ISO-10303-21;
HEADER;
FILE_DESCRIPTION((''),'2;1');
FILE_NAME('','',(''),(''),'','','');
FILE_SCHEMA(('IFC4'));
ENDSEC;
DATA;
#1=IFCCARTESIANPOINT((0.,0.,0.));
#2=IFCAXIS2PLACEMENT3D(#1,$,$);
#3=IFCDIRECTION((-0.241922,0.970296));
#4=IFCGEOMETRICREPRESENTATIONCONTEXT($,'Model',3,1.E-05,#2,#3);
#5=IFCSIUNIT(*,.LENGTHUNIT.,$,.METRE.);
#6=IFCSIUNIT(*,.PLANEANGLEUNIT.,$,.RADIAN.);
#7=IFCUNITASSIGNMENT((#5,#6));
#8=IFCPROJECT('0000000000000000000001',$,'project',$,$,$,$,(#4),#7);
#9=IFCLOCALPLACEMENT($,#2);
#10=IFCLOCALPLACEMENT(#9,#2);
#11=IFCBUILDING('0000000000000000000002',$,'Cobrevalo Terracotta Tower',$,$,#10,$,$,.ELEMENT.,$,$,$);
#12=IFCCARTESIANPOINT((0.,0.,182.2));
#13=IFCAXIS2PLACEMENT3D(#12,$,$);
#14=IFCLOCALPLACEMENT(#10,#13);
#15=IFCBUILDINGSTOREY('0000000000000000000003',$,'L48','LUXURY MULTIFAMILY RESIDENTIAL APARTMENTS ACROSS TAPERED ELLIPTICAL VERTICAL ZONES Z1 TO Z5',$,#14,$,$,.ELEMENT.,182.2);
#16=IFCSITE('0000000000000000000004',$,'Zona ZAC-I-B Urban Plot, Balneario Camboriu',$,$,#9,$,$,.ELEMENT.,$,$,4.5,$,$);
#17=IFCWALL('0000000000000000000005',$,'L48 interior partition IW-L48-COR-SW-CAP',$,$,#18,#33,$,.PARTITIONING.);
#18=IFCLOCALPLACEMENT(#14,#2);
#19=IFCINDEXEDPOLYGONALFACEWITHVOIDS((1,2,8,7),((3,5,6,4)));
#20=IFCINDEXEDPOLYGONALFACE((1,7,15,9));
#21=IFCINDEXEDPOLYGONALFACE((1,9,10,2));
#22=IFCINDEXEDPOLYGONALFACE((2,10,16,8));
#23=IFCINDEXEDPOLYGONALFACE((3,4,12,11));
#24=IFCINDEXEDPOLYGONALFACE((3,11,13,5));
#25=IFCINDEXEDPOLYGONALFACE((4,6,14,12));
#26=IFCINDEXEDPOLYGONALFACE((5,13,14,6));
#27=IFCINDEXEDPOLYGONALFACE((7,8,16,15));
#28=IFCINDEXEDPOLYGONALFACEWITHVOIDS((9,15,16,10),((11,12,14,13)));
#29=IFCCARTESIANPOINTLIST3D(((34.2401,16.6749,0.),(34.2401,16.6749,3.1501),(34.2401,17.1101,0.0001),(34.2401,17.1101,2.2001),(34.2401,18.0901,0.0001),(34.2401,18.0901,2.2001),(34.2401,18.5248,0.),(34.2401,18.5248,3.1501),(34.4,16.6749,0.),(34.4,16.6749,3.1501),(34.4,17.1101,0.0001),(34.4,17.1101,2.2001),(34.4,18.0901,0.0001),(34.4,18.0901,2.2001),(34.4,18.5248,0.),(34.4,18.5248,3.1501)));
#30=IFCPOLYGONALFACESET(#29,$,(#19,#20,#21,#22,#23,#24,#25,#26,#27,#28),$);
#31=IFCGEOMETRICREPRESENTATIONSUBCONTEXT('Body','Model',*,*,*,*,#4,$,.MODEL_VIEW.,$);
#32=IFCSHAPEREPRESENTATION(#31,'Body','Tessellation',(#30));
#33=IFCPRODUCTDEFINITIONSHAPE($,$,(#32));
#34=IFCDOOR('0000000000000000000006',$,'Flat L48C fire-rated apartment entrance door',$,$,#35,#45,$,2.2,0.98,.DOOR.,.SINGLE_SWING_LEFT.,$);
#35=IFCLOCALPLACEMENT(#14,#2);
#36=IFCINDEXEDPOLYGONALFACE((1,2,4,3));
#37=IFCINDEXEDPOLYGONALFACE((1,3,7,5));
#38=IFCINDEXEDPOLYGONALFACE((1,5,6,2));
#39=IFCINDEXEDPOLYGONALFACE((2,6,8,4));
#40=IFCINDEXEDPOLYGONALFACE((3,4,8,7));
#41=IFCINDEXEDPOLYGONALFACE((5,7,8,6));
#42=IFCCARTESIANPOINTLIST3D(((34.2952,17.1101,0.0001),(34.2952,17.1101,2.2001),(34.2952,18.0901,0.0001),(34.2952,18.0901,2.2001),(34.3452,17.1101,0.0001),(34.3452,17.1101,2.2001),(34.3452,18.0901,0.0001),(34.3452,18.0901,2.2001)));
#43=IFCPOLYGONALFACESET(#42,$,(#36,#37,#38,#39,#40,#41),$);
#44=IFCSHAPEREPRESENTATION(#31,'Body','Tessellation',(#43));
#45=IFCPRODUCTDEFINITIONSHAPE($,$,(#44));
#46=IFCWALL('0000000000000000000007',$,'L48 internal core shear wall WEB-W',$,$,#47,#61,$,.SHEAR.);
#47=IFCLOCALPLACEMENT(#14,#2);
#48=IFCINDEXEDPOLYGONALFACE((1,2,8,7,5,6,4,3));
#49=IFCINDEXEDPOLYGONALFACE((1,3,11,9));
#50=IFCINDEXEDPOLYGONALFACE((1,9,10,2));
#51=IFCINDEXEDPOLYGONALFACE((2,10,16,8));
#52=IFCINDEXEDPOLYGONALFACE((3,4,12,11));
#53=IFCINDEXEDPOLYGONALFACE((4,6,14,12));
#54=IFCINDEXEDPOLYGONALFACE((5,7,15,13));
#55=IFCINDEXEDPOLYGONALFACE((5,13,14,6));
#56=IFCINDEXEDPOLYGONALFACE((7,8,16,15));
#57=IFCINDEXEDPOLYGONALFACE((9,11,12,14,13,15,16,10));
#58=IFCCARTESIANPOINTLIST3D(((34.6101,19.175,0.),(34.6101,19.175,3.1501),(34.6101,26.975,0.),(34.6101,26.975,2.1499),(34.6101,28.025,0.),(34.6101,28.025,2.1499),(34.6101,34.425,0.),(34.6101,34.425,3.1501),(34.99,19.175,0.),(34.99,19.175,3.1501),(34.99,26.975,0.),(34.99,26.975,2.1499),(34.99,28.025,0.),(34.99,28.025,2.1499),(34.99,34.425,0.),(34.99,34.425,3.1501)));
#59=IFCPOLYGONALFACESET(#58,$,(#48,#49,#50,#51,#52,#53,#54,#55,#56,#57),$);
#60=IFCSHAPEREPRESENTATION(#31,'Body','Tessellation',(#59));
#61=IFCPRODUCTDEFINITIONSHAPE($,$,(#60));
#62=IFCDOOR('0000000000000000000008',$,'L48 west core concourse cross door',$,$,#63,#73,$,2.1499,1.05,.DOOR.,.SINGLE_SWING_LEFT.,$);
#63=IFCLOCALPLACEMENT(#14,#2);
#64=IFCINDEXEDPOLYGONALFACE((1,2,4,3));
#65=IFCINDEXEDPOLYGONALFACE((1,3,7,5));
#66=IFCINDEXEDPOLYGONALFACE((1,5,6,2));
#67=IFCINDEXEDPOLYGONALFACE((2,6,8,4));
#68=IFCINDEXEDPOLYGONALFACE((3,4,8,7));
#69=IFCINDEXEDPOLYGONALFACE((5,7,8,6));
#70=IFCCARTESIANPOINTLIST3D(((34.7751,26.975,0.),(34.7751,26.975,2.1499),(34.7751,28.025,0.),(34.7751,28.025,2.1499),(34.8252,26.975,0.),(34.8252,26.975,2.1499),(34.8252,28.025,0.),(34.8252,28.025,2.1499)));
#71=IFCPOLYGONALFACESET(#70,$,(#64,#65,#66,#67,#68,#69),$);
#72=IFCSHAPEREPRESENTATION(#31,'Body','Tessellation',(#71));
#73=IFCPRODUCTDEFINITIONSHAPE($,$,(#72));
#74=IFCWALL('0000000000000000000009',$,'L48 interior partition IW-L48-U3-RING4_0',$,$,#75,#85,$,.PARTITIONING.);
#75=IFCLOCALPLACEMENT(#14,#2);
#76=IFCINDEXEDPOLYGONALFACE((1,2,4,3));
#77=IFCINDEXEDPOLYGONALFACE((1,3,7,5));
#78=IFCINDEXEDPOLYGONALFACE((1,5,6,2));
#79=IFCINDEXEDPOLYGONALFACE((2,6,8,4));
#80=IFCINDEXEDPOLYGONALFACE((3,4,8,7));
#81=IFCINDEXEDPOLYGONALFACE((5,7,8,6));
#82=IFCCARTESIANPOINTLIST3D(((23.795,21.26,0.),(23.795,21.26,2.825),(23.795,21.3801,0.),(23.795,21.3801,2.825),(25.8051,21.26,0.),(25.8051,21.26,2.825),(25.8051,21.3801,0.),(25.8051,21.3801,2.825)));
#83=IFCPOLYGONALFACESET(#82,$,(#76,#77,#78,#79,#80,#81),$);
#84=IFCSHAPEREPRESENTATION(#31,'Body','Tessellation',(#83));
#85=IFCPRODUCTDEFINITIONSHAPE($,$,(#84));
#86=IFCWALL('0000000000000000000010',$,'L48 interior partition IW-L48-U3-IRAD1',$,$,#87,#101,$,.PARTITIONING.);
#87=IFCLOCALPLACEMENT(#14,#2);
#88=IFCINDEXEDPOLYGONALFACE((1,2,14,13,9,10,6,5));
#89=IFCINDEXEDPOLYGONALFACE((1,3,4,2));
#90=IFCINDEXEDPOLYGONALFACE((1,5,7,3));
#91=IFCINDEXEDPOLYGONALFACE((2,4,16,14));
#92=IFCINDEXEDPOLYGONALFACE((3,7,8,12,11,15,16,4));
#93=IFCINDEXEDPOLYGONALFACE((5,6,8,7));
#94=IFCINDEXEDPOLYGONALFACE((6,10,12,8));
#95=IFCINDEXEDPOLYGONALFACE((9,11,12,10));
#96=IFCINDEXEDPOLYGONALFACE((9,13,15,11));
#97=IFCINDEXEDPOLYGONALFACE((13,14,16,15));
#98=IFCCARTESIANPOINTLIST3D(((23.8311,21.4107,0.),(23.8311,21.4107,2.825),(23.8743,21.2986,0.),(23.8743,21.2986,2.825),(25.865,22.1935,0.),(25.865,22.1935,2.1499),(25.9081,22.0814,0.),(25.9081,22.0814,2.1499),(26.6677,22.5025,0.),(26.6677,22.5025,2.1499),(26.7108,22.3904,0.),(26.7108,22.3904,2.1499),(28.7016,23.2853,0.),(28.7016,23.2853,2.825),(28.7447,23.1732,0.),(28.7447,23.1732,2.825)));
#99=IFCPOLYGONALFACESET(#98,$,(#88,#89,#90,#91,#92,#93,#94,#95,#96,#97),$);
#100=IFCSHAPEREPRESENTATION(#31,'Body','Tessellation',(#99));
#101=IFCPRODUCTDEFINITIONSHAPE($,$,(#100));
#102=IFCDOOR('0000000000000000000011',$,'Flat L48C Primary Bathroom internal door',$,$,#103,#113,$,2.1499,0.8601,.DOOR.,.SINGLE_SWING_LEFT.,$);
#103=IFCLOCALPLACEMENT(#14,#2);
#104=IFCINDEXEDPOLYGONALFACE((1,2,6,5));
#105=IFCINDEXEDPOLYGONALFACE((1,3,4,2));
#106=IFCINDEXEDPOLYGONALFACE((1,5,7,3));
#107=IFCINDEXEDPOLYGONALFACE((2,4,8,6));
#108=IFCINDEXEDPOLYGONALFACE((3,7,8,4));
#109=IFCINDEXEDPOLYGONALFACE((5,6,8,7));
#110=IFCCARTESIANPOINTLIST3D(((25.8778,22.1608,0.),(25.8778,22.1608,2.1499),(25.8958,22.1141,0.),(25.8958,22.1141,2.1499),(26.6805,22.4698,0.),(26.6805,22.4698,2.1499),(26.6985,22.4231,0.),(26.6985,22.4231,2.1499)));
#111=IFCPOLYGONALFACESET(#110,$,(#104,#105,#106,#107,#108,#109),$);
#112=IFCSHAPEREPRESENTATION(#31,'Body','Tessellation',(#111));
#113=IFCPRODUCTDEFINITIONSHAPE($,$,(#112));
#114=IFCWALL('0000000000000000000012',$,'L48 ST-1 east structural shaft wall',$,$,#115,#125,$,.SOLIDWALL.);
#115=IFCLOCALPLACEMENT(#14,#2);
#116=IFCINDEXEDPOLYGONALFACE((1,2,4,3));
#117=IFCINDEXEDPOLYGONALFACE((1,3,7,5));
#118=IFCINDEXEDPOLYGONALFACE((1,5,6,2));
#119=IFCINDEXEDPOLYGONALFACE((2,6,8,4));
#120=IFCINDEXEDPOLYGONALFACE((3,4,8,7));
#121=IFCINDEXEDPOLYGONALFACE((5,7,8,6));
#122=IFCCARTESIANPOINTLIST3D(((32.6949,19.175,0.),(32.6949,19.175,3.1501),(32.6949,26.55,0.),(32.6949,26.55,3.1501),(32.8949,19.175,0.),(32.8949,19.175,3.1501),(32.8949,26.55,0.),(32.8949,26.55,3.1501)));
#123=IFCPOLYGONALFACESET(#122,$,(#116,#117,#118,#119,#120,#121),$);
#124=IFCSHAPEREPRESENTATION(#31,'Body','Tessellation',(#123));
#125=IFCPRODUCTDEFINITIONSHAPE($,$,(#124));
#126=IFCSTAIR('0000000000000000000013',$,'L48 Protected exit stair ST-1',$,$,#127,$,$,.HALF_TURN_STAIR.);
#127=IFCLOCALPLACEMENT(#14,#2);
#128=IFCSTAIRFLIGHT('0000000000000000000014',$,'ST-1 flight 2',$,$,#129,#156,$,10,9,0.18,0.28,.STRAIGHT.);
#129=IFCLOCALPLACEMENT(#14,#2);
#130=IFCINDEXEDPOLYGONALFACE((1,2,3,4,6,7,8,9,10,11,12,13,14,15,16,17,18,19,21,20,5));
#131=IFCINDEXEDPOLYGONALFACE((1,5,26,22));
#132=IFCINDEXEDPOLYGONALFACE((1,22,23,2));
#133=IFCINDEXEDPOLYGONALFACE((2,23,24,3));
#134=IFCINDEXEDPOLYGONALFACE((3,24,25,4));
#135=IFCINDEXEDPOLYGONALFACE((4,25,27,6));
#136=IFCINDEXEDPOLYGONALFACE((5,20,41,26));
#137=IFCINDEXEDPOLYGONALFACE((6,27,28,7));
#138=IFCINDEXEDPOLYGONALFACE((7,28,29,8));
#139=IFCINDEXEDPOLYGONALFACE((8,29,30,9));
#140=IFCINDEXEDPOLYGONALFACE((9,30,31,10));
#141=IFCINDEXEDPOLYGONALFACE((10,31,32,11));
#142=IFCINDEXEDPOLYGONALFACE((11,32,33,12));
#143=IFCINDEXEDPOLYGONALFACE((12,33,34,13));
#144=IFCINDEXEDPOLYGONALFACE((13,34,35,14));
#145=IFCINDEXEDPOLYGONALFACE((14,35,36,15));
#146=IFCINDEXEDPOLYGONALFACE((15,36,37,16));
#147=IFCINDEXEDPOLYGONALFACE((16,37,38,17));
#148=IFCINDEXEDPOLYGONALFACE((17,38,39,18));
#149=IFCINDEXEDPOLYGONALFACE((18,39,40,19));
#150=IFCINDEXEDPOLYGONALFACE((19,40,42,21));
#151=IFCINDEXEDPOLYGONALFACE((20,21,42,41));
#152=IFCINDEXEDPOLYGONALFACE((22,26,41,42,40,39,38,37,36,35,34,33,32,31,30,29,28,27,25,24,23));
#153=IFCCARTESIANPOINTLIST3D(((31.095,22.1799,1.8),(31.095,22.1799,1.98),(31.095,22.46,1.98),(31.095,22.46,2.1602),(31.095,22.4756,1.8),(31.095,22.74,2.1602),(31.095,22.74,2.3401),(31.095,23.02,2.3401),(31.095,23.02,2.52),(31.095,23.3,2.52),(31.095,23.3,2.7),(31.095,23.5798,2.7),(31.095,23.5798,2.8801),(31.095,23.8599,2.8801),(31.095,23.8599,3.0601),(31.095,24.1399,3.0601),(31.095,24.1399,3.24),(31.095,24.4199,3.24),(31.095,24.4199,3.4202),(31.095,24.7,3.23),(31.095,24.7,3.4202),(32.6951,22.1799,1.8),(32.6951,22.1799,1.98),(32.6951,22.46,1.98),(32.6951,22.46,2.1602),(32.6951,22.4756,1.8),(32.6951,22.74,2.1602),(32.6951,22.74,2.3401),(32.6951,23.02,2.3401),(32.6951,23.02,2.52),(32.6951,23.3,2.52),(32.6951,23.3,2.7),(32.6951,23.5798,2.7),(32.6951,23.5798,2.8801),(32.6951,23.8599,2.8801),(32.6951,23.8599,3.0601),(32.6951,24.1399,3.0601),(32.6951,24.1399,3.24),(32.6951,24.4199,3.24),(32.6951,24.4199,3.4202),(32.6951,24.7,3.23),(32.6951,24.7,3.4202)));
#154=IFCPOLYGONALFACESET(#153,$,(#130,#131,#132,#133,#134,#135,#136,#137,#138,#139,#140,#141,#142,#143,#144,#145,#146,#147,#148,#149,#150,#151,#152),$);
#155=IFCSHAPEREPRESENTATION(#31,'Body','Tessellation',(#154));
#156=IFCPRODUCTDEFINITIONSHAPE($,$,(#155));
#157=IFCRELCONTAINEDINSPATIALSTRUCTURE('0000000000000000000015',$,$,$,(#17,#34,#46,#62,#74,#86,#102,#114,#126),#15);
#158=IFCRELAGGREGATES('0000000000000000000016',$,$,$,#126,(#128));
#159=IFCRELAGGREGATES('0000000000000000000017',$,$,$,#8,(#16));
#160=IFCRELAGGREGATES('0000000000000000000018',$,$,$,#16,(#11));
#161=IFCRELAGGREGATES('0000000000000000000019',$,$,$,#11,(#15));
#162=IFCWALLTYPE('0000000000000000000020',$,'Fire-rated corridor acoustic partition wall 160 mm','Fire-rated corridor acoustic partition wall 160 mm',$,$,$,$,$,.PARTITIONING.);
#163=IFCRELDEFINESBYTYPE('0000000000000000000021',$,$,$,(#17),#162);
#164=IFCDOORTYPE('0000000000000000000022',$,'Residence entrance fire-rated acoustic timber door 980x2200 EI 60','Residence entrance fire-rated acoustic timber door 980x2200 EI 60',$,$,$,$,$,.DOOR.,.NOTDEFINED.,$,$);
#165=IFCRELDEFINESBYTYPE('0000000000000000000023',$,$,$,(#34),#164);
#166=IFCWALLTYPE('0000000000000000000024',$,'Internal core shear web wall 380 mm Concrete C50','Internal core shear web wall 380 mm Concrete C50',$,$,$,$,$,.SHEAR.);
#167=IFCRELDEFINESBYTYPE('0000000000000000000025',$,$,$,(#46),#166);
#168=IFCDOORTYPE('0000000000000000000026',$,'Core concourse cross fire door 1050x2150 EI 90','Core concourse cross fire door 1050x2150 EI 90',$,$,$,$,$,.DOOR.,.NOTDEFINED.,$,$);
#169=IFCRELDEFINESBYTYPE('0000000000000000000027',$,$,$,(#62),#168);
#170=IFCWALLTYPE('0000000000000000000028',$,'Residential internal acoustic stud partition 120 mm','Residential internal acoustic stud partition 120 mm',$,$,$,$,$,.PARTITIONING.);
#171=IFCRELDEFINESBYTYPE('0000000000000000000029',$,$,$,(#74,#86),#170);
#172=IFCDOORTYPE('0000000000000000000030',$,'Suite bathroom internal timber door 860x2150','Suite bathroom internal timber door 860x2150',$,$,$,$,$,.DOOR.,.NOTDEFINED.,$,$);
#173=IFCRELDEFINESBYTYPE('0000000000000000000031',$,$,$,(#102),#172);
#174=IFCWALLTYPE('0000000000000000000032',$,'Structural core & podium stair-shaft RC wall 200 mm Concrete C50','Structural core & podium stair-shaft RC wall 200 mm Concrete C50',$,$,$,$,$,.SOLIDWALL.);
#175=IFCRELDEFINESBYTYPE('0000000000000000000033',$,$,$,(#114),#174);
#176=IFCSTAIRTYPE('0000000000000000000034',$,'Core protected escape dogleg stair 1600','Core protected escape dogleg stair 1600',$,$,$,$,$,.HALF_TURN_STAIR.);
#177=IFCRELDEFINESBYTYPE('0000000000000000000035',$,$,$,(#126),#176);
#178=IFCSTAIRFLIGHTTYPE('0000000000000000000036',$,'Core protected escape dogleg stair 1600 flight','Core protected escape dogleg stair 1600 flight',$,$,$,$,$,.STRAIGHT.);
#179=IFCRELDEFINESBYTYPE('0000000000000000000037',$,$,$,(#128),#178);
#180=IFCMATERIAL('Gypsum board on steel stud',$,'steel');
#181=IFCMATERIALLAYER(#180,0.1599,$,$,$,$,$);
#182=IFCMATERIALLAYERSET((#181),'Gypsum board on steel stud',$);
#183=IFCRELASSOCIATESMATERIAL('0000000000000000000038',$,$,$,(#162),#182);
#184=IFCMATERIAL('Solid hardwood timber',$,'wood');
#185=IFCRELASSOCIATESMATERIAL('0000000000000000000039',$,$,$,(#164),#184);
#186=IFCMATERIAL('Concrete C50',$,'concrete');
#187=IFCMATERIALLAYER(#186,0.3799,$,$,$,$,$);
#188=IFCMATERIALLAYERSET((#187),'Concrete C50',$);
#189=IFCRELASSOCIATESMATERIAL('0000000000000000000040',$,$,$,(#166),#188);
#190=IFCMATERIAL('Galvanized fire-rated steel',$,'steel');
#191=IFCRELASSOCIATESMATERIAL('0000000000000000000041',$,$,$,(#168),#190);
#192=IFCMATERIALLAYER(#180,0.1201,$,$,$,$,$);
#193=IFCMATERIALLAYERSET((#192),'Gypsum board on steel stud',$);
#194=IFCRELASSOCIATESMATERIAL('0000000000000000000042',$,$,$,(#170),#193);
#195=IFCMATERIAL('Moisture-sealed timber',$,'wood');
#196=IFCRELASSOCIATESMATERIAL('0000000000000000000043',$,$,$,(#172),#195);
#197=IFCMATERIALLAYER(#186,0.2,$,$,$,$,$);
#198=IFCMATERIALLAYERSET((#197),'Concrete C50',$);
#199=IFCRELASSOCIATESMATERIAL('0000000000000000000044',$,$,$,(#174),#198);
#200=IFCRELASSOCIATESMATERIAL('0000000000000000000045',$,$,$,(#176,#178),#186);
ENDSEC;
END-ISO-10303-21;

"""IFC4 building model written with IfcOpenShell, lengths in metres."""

from ifc_helpers import new_model, si_unit, direction, frame, frame_2d, origin, place, context, subcontext, project, spatial, polyline, rectangle, outline, extrude, source, transform, mapped, material, layer, layer_set, type_object, element, fill, aggregate, save


model = new_model("IFC4")

# Units and contexts
model_context = context("Model", 3, precision=1e-05, world=origin(), true_north=direction((-0.241922, 0.970296)))
body_context = subcontext(model_context, "Body", "Model", "MODEL_VIEW")
ifc_project = project(units=[si_unit("LENGTHUNIT", "METRE"), si_unit("PLANEANGLEUNIT", "RADIAN")], contexts=[model_context])

# Site, building, storey
site_placement = place(None, origin())
site = spatial("IfcSite", under=ifc_project, at=site_placement, Name="Zona ZAC-I-B Urban Plot, Balneario Camboriu", CompositionType="ELEMENT", RefElevation=4.5)
building_placement = place(site_placement, origin())
building = spatial("IfcBuilding", under=site, at=building_placement, Name="Cobrevalo Terracotta Tower", CompositionType="ELEMENT")
storey_placement = place(building_placement, frame((0.0, 0.0, 182.2)))
storey = spatial("IfcBuildingStorey", under=building, at=storey_placement, Name="L48", Description="LUXURY MULTIFAMILY RESIDENTIAL APARTMENTS ACROSS TAPERED ELLIPTICAL VERTICAL ZONES Z1 TO Z5", CompositionType="ELEMENT", Elevation=182.2)

# Walls, openings, doors
ifc_material_1 = material(Name="Galvanized fire-rated steel", Category="steel")
ifc_material_2 = material(Name="Gypsum board on steel stud", Category="steel")
ifc_layer_1 = layer(ifc_material_2, 0.1599)
ifc_layer_set_1 = layer_set([ifc_layer_1], Name="Gypsum board on steel stud")
wall_type_1 = type_object("IfcWallType", Name="Fire-rated corridor acoustic partition wall 160 mm", Description="Fire-rated corridor acoustic partition wall 160 mm", PredefinedType="PARTITIONING", material=ifc_layer_set_1)
ifc_material_3 = material(Name="Solid hardwood timber", Category="wood")
door_type_1 = type_object("IfcDoorType", Name="Residence entrance fire-rated acoustic timber door 980x2200 EI 60", Description="Residence entrance fire-rated acoustic timber door 980x2200 EI 60", OperationType="NOTDEFINED", PredefinedType="DOOR", material=ifc_material_3)
shared_shape_1 = source(origin(), body_context, "Body", "SweptSolid", [
    extrude(rectangle(XDim=0.98, YDim=2.2, at=frame_2d((0.49, 1.1001))), frame((0.0, 0.0249, 0.0), z_axis=(0.0, -1.0, 0.0), x_axis=(1.0, 0.0, 0.0)), (0.0, 0.0, 1.0), 0.05),
])
wall_1_placement = place(storey_placement, frame((34.3201, 16.675, 0.0), z_axis=(0.0, 0.0, 1.0), x_axis=(0.0, 1.0, 0.0)))
wall_1 = element("IfcWall", 1, at=wall_1_placement, inside=storey, type_object=wall_type_1, Name="L48 interior partition IW-L48-COR-SW-CAP", PredefinedType="PARTITIONING", context=body_context, shape_type="SweptSolid", body=[
    extrude(rectangle(XDim=1.8499, YDim=0.1599, at=frame_2d((0.9248, 0.0))), origin(), (0.0, 0.0, 1.0), 3.1501),
])
opening_1_placement = place(wall_1_placement, frame((0.4351, 0.0, 0.0)))
opening_1 = element("IfcOpeningElement", 2, at=opening_1_placement, cuts=wall_1, PredefinedType="OPENING", context=body_context, shape_type="SweptSolid", body=[
    extrude(rectangle(XDim=0.98, YDim=2.2, at=frame_2d((0.49, 1.1001))), frame((0.0, 0.0898, 0.0), z_axis=(0.0, -1.0, 0.0), x_axis=(1.0, 0.0, 0.0)), (0.0, 0.0, 1.0), 0.1799),
])
door_1_placement = place(opening_1_placement, origin())
door_1 = element("IfcDoor", 3, at=door_1_placement, inside=storey, type_object=door_type_1, Name="Flat L48C fire-rated apartment entrance door", OperationType="SINGLE_SWING_LEFT", OverallHeight=2.2, OverallWidth=0.98, PredefinedType="DOOR", context=body_context, shape_type="MappedRepresentation", body=[
    mapped(shared_shape_1, transform((0.0, 0.0, 0.0), scale=1.0)),
])
fill(opening_1, door_1)
ifc_material_4 = material(Name="Concrete C50", Category="concrete")
ifc_layer_2 = layer(ifc_material_4, 0.3799)
ifc_layer_set_2 = layer_set([ifc_layer_2], Name="Concrete C50")
wall_type_2 = type_object("IfcWallType", Name="Internal core shear web wall 380 mm Concrete C50", Description="Internal core shear web wall 380 mm Concrete C50", PredefinedType="SHEAR", material=ifc_layer_set_2)
wall_2_placement = place(storey_placement, frame((34.8, 19.175, 0.0), z_axis=(0.0, 0.0, 1.0), x_axis=(0.0, 1.0, 0.0)))
wall_2 = element("IfcWall", 4, at=wall_2_placement, inside=storey, type_object=wall_type_2, Name="L48 internal core shear wall WEB-W", PredefinedType="SHEAR", context=body_context, shape_type="SweptSolid", body=[
    extrude(rectangle(XDim=15.25, YDim=0.3799, at=frame_2d((7.625, 0.0))), origin(), (0.0, 0.0, 1.0), 3.1501),
])
opening_2_placement = place(wall_2_placement, frame((7.8, 0.0, 0.0)))
opening_2 = element("IfcOpeningElement", 5, at=opening_2_placement, cuts=wall_2, PredefinedType="OPENING", context=body_context, shape_type="SweptSolid", body=[
    extrude(rectangle(XDim=1.05, YDim=2.1499, at=frame_2d((0.5249, 1.075))), frame((0.0, 0.2, 0.0), z_axis=(0.0, -1.0, 0.0), x_axis=(1.0, 0.0, 0.0)), (0.0, 0.0, 1.0), 0.3999),
])
door_type_2 = type_object("IfcDoorType", Name="Core concourse cross fire door 1050x2150 EI 90", Description="Core concourse cross fire door 1050x2150 EI 90", OperationType="NOTDEFINED", PredefinedType="DOOR", material=ifc_material_1)
shared_shape_2 = source(origin(), body_context, "Body", "SweptSolid", [
    extrude(rectangle(XDim=1.05, YDim=2.1499, at=frame_2d((0.5249, 1.075))), frame((0.0, 0.0249, 0.0), z_axis=(0.0, -1.0, 0.0), x_axis=(1.0, 0.0, 0.0)), (0.0, 0.0, 1.0), 0.05),
])
door_2_placement = place(opening_2_placement, origin())
door_2 = element("IfcDoor", 6, at=door_2_placement, inside=storey, type_object=door_type_2, Name="L48 west core concourse cross door", OperationType="SINGLE_SWING_LEFT", OverallHeight=2.1499, OverallWidth=1.05, PredefinedType="DOOR", context=body_context, shape_type="MappedRepresentation", body=[
    mapped(shared_shape_2, transform((0.0, 0.0, 0.0), scale=1.0)),
])
fill(opening_2, door_2)

# Wall
ifc_layer_3 = layer(ifc_material_2, 0.1201)
ifc_layer_set_3 = layer_set([ifc_layer_3], Name="Gypsum board on steel stud")
wall_type_3 = type_object("IfcWallType", Name="Residential internal acoustic stud partition 120 mm", Description="Residential internal acoustic stud partition 120 mm", PredefinedType="PARTITIONING", material=ifc_layer_set_3)
wall_3_placement = place(storey_placement, frame((25.8049, 21.3201, 0.0), z_axis=(0.0, 0.0, 1.0), x_axis=(-1.0, 0.0, 0.0)))
element("IfcWall", 7, at=wall_3_placement, inside=storey, type_object=wall_type_3, Name="L48 interior partition IW-L48-U3-RING4_0", PredefinedType="PARTITIONING", context=body_context, shape_type="SweptSolid", body=[
    extrude(rectangle(XDim=2.01, YDim=0.1201, at=frame_2d((1.0049, 0.0))), origin(), (0.0, 0.0, 1.0), 2.825),
])

# Wall, opening, door
wall_4_placement = place(storey_placement, frame((28.7231, 23.2292, 0.0), z_axis=(0.0, 0.0, 1.0), x_axis=(-0.933262, -0.359195, 0.0)))
wall_4 = element("IfcWall", 8, at=wall_4_placement, inside=storey, type_object=wall_type_3, Name="L48 interior partition IW-L48-U3-IRAD1", PredefinedType="PARTITIONING", context=body_context, shape_type="SweptSolid", body=[
    extrude(rectangle(XDim=5.2188, YDim=0.1201, at=frame_2d((2.6094, 0.0))), origin(), (0.0, 0.0, 1.0), 2.825),
])
opening_3_placement = place(wall_4_placement, frame((2.1792, 0.0, 0.0)))
opening_3 = element("IfcOpeningElement", 9, at=opening_3_placement, cuts=wall_4, PredefinedType="OPENING", context=body_context, shape_type="SweptSolid", body=[
    extrude(rectangle(XDim=0.8601, YDim=2.1499, at=frame_2d((0.4302, 1.075))), frame((0.0, 0.0701, 0.0), z_axis=(0.0, -1.0, 0.0), x_axis=(1.0, 0.0, 0.0)), (0.0, 0.0, 1.0), 0.1401),
])
ifc_material_5 = material(Name="Moisture-sealed timber", Category="wood")
door_type_3 = type_object("IfcDoorType", Name="Suite bathroom internal timber door 860x2150", Description="Suite bathroom internal timber door 860x2150", OperationType="NOTDEFINED", PredefinedType="DOOR", material=ifc_material_5)
shared_shape_3 = source(origin(), body_context, "Body", "SweptSolid", [
    extrude(rectangle(XDim=0.8601, YDim=2.1499, at=frame_2d((0.4302, 1.075))), frame((0.0, 0.0249, 0.0), z_axis=(0.0, -1.0, 0.0), x_axis=(1.0, 0.0, 0.0)), (0.0, 0.0, 1.0), 0.05),
])
door_3_placement = place(opening_3_placement, frame((0.8601, 0.0, 0.0), z_axis=(0.0, 0.0, 1.0), x_axis=(-1.0, 0.0, 0.0)))
door_3 = element("IfcDoor", 10, at=door_3_placement, inside=storey, type_object=door_type_3, Name="Flat L48C Primary Bathroom internal door", OperationType="SINGLE_SWING_LEFT", OverallHeight=2.1499, OverallWidth=0.8601, PredefinedType="DOOR", context=body_context, shape_type="MappedRepresentation", body=[
    mapped(shared_shape_3, transform((0.0, 0.0, 0.0), scale=1.0)),
])
fill(opening_3, door_3)

# Wall
ifc_layer_4 = layer(ifc_material_4, 0.2)
ifc_layer_set_4 = layer_set([ifc_layer_4], Name="Concrete C50")
wall_type_4 = type_object("IfcWallType", Name="Structural core & podium stair-shaft RC wall 200 mm Concrete C50", Description="Structural core & podium stair-shaft RC wall 200 mm Concrete C50", PredefinedType="SOLIDWALL", material=ifc_layer_set_4)
wall_5_placement = place(storey_placement, frame((32.7949, 19.175, 0.0), z_axis=(0.0, 0.0, 1.0), x_axis=(0.0, 1.0, 0.0)))
element("IfcWall", 11, at=wall_5_placement, inside=storey, type_object=wall_type_4, Name="L48 ST-1 east structural shaft wall", PredefinedType="SOLIDWALL", context=body_context, shape_type="SweptSolid", body=[
    extrude(rectangle(XDim=7.375, YDim=0.2, at=frame_2d((3.6875, 0.0))), origin(), (0.0, 0.0, 1.0), 3.1501),
])

# Stair, stair flight
stair_type = type_object("IfcStairType", Name="Core protected escape dogleg stair 1600", Description="Core protected escape dogleg stair 1600", PredefinedType="HALF_TURN_STAIR", material=ifc_material_4)
stair_placement = place(storey_placement, origin())
stair = element("IfcStair", 12, at=stair_placement, inside=storey, type_object=stair_type, Name="L48 Protected exit stair ST-1", PredefinedType="HALF_TURN_STAIR")
stair_flight_type = type_object("IfcStairFlightType", Name="Core protected escape dogleg stair 1600 flight", Description="Core protected escape dogleg stair 1600 flight", PredefinedType="STRAIGHT", material=ifc_material_4)
stair_flight_placement = place(storey_placement, frame((31.895, 22.1799, 1.8), z_axis=(0.0, 0.0, 1.0), x_axis=(0.0, 1.0, 0.0)))
stair_flight = element("IfcStairFlight", 13, at=stair_flight_placement, type_object=stair_flight_type, Name="ST-1 flight 2", NumberOfRisers=10, NumberOfTreads=9, PredefinedType="STRAIGHT", RiserHeight=0.18, TreadLength=0.28, context=body_context, shape_type="SweptSolid", body=[
    extrude(outline(polyline([(0.0, 0.0), (0.0, 0.1799), (0.28, 0.1799), (0.28, 0.3601), (0.5601, 0.3601), (0.5601, 0.54), (0.8401, 0.54), (0.8401, 0.72), (1.1201, 0.72), (1.1201, 0.8999), (1.3999, 0.8999), (1.3999, 1.0801), (1.6799, 1.0801), (1.6799, 1.26), (1.96, 1.26), (1.96, 1.4399), (2.24, 1.4399), (2.24, 1.6201), (2.52, 1.6201), (2.52, 1.8), (2.52, 1.4299), (0.2957, 0.0), (0.0, 0.0)])), frame((0.0, 0.8, 0.0), z_axis=(0.0, -1.0, 0.0), x_axis=(1.0, 0.0, 0.0)), (0.0, 0.0, 1.0), 1.6001),
])
aggregate(stair, [stair_flight])

save(model, "model.ifc")
